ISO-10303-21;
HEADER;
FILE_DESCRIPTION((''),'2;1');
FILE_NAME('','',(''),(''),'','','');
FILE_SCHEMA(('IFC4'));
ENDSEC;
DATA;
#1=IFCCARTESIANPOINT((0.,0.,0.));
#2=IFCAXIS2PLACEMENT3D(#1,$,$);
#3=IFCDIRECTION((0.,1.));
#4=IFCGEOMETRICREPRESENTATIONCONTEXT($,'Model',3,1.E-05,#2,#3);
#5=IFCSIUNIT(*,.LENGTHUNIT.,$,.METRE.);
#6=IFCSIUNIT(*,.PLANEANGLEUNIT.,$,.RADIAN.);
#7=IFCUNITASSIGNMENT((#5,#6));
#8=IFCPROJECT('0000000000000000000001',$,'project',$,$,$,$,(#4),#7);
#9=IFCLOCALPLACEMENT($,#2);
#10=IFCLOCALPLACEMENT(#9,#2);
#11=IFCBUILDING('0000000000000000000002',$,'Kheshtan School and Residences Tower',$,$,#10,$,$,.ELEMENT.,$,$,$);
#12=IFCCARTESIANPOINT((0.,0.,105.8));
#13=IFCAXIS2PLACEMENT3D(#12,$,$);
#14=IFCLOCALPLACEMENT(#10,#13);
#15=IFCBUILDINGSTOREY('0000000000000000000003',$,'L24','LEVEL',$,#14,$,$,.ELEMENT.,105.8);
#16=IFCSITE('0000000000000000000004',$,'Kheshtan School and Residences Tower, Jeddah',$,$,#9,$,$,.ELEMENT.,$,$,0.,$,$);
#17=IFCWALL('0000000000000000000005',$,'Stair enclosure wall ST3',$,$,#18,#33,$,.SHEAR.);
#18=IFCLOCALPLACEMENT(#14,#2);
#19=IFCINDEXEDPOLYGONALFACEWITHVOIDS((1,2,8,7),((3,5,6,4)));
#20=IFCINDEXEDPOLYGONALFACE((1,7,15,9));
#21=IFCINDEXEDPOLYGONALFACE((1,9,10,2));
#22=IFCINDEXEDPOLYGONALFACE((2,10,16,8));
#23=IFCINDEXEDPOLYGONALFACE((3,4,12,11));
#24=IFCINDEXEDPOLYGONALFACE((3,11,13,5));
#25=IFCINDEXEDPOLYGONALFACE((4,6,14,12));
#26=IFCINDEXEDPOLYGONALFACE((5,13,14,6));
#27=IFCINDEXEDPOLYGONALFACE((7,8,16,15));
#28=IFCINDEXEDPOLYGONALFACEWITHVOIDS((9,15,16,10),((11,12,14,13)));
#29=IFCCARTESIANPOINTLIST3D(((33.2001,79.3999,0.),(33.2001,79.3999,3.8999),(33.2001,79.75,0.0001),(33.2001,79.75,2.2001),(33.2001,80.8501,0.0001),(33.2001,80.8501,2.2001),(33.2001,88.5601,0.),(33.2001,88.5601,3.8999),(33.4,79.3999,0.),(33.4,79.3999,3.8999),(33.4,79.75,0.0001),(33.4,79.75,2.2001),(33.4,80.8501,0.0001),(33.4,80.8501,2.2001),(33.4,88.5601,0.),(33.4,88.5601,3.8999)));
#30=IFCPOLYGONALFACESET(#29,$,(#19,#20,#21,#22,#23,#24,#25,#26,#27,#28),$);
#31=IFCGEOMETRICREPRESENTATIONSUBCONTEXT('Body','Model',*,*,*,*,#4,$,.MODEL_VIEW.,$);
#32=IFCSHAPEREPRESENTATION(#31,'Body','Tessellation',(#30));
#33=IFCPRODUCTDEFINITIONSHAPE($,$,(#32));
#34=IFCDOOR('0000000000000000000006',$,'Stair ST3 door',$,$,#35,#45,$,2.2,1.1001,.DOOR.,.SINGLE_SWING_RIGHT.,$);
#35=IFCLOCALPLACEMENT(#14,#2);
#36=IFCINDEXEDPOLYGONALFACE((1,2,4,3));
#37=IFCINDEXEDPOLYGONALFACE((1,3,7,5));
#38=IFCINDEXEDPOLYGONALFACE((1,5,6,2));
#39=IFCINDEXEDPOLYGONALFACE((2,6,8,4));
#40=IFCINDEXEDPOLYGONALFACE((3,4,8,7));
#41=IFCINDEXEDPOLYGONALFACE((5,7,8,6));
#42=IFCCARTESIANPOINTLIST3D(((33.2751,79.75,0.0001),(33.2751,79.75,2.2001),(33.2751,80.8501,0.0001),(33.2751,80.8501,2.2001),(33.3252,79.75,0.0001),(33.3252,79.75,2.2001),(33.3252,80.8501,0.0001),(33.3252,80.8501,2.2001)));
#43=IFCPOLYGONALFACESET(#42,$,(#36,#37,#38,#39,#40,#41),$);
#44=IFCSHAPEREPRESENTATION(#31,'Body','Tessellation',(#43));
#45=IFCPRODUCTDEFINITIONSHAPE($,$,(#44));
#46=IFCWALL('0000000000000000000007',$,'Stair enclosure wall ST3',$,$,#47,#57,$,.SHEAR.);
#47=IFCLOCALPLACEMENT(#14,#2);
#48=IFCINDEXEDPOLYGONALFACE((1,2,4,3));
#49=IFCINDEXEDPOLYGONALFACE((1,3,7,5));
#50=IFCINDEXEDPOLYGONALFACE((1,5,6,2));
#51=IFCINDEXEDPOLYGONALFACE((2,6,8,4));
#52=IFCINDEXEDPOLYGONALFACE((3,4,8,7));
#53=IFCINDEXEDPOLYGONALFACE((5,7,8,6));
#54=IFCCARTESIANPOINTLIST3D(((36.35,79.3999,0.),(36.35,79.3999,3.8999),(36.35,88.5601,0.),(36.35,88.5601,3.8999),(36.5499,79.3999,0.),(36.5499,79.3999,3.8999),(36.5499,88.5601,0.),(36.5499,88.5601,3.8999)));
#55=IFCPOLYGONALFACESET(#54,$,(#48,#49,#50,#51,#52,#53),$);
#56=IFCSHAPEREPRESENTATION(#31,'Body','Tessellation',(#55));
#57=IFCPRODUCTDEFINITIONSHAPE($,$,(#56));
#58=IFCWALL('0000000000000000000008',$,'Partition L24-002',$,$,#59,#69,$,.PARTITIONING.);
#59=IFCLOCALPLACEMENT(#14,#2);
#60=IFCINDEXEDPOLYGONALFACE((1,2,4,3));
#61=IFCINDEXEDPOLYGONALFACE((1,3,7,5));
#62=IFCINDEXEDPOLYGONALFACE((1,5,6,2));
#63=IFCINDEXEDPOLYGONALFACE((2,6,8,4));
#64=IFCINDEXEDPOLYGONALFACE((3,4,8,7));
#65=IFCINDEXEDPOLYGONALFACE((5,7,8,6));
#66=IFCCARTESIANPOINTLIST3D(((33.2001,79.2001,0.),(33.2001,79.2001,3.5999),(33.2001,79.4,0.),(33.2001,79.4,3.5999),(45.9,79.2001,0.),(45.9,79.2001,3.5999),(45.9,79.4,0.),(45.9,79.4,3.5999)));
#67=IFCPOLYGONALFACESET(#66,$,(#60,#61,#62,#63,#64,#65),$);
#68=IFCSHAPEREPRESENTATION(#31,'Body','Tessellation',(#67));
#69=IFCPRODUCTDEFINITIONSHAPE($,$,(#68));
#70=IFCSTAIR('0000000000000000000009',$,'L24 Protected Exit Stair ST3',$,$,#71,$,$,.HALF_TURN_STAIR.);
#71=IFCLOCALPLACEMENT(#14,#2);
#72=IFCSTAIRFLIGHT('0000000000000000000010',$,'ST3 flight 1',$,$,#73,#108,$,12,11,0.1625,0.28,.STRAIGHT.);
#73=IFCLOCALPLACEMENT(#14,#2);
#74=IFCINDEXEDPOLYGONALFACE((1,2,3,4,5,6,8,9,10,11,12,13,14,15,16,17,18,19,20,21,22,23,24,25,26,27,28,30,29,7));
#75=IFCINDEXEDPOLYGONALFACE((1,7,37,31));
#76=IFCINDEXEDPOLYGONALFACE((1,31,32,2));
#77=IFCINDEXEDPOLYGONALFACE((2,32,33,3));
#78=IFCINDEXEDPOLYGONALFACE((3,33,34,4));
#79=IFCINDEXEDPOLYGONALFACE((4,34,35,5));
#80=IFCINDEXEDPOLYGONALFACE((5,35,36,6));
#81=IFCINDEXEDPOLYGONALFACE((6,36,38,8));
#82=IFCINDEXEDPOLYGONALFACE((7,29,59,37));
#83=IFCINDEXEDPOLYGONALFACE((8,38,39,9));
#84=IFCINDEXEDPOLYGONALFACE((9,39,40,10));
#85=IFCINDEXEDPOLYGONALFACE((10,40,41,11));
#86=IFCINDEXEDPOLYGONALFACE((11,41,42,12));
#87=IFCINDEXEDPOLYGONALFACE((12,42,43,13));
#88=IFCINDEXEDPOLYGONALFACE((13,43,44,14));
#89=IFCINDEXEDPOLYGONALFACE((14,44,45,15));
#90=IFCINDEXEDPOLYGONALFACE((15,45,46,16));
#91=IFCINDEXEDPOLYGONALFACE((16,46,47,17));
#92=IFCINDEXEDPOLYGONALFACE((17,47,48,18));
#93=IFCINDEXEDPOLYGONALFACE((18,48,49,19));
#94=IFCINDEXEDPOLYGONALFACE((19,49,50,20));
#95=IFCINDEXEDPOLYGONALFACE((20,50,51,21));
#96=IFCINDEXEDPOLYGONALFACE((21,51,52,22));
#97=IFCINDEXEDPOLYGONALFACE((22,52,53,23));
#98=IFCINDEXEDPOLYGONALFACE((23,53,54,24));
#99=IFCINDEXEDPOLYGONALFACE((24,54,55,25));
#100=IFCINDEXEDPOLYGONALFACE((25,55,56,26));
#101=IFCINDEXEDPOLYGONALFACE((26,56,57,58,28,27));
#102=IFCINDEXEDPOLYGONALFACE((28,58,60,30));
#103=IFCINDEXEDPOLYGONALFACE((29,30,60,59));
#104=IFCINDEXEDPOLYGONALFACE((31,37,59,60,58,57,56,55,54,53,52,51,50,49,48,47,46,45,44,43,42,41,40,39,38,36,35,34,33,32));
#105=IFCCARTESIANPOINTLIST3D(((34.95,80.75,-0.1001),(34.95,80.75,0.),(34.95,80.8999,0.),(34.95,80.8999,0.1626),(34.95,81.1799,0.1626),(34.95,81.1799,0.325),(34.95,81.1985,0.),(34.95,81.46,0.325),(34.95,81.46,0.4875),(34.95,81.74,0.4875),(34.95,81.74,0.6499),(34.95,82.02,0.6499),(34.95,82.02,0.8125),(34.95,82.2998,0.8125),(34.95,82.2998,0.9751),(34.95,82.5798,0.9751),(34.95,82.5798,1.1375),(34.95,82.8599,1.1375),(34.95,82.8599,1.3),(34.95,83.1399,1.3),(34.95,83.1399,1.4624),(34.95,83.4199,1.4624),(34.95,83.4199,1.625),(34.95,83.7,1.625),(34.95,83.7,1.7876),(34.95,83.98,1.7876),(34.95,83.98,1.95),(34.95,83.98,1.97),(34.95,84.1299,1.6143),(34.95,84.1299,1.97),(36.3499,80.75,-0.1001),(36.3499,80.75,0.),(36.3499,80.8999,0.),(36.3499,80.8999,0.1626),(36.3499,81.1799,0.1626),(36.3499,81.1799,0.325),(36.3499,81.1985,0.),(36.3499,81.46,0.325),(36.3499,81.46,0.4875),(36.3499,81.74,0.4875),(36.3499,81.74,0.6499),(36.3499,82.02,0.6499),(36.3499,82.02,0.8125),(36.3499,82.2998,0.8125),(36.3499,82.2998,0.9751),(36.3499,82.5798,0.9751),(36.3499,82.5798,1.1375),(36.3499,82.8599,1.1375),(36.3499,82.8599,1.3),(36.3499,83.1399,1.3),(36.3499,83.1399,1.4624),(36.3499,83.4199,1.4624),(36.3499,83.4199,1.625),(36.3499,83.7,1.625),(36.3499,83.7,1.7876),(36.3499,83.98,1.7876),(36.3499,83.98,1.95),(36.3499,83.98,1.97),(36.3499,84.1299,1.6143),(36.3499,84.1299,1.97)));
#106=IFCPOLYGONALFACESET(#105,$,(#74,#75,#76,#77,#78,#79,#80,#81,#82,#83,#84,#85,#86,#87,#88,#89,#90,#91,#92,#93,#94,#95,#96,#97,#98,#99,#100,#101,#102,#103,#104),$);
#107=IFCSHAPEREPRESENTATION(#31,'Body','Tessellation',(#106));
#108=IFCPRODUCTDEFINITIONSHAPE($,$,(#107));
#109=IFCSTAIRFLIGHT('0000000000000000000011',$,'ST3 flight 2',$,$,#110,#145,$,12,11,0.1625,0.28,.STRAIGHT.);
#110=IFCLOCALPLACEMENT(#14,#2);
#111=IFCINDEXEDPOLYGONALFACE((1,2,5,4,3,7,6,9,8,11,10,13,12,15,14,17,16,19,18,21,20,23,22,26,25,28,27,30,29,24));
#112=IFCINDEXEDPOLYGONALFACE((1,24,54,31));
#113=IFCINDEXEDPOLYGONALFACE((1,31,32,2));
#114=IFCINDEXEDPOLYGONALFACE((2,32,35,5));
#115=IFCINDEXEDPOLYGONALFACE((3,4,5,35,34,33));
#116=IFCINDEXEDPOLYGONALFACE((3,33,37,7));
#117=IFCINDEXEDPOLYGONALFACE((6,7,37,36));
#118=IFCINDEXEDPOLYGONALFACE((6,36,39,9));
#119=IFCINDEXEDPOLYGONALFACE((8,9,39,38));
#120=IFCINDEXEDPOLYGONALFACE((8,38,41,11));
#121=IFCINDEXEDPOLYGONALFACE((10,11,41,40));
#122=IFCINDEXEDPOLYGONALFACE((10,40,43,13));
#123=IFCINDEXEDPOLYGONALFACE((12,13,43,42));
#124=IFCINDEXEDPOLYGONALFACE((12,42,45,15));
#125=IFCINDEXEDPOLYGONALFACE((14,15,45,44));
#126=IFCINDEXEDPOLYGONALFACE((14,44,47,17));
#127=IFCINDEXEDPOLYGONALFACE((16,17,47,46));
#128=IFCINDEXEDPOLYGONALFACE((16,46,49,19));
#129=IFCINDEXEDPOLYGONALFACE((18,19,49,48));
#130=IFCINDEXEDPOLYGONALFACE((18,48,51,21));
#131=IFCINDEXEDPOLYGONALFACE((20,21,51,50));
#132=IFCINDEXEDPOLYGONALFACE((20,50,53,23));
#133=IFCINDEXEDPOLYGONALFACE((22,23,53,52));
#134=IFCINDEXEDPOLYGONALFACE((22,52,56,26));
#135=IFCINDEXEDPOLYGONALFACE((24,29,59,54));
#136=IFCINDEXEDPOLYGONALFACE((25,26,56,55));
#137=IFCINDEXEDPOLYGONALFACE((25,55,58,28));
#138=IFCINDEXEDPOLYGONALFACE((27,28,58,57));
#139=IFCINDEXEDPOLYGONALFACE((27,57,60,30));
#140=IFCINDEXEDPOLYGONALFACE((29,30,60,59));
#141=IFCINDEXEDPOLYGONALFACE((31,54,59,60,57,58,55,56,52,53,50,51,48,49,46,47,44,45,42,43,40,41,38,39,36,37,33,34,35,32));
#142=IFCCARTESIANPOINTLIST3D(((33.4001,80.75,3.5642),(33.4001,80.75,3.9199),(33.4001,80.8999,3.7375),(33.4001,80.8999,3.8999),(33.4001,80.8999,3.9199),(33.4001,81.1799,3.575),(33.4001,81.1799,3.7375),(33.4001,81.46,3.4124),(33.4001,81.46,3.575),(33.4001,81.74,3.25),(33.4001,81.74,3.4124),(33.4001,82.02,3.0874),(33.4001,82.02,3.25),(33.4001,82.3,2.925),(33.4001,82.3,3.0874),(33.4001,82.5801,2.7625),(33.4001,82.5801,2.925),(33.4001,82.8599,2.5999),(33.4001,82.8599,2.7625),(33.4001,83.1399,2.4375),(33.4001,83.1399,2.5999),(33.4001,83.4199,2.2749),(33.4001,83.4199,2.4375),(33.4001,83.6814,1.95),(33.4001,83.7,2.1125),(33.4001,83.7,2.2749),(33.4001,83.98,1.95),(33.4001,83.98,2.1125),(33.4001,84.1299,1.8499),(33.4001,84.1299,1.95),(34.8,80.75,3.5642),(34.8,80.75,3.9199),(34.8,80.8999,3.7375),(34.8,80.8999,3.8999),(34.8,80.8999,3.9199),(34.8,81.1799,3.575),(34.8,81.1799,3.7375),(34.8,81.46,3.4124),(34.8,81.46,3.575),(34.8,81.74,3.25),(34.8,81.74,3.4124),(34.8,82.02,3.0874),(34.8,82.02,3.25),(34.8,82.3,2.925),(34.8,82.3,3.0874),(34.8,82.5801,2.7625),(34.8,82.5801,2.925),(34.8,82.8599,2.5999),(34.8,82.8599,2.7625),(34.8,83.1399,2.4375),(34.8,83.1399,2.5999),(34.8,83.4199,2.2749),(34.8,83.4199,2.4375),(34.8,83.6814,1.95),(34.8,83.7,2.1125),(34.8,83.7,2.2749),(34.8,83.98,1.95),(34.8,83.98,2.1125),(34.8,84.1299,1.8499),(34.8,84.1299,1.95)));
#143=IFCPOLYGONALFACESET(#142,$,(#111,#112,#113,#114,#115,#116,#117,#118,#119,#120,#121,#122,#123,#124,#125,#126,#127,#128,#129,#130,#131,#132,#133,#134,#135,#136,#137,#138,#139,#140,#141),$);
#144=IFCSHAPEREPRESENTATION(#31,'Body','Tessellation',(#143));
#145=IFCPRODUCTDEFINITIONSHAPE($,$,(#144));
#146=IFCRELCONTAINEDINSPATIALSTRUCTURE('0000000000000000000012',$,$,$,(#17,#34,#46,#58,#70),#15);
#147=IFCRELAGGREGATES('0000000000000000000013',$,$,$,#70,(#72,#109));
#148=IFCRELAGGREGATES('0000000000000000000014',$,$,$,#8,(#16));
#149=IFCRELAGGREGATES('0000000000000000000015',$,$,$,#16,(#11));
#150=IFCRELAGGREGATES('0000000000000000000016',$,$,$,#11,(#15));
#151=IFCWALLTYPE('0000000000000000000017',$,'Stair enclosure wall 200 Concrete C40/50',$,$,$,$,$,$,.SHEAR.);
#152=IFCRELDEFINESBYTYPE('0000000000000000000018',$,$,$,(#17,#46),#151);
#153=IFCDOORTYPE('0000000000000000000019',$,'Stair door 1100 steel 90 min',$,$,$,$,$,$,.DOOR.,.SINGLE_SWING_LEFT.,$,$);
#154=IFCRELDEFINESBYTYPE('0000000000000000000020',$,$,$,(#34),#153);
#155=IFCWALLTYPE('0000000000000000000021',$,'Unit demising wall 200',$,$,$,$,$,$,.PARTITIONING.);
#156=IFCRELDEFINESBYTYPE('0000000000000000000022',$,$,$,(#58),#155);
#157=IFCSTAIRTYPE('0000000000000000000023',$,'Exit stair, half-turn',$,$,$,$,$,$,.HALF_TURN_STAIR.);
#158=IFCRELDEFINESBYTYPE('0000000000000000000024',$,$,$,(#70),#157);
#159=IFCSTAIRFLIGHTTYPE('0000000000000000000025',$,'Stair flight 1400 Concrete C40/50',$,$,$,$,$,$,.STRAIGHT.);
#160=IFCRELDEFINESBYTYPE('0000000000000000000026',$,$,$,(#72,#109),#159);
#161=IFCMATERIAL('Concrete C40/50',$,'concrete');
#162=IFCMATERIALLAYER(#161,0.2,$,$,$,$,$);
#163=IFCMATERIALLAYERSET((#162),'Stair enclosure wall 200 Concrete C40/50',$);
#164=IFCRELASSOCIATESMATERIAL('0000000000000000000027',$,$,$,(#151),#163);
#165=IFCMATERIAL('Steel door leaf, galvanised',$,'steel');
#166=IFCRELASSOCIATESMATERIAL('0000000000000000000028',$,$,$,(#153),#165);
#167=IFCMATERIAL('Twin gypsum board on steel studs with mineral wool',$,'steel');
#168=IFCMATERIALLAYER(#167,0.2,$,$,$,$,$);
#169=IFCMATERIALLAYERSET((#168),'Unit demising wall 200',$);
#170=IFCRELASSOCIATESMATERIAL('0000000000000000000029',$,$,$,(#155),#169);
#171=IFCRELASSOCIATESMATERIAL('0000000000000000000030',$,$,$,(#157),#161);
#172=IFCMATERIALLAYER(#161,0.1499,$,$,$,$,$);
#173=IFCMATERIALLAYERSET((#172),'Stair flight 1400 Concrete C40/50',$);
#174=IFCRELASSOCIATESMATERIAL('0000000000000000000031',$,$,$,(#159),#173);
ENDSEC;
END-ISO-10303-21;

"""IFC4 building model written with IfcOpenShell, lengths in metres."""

from ifc_helpers import new_model, si_unit, direction, frame, frame_2d, origin, place, context, subcontext, project, spatial, polyline, rectangle, outline, extrude, source, transform, mapped, material, layer, layer_set, type_object, element, fill, aggregate, save


model = new_model("IFC4")

# Units and contexts
model_context = context("Model", 3, precision=1e-05, world=origin(), true_north=direction((0.0, 1.0)))
body_context = subcontext(model_context, "Body", "Model", "MODEL_VIEW")
ifc_project = project(units=[si_unit("LENGTHUNIT", "METRE"), si_unit("PLANEANGLEUNIT", "RADIAN")], contexts=[model_context])

# Site, building, storey
site_placement = place(None, origin())
site = spatial("IfcSite", under=ifc_project, at=site_placement, Name="Kheshtan School and Residences Tower, Jeddah", CompositionType="ELEMENT", RefElevation=0.0)
building_placement = place(site_placement, origin())
building = spatial("IfcBuilding", under=site, at=building_placement, Name="Kheshtan School and Residences Tower", CompositionType="ELEMENT")
storey_placement = place(building_placement, frame((0.0, 0.0, 105.8)))
storey = spatial("IfcBuildingStorey", under=building, at=storey_placement, Name="L24", Description="LEVEL", CompositionType="ELEMENT", Elevation=105.8)

# Shared definitions
ifc_material_1 = material(Name="Concrete C40/50", Category="concrete")
ifc_layer_1 = layer(ifc_material_1, 0.2)
ifc_layer_set_1 = layer_set([ifc_layer_1], Name="Stair enclosure wall 200 Concrete C40/50")
wall_type_1 = type_object("IfcWallType", Name="Stair enclosure wall 200 Concrete C40/50", PredefinedType="SHEAR", material=ifc_layer_set_1)

# Wall, opening, door
wall_1_placement = place(storey_placement, frame((33.3, 79.3999, 0.0), z_axis=(0.0, 0.0, 1.0), x_axis=(0.0, 1.0, 0.0)))
wall_1 = element("IfcWall", 1, at=wall_1_placement, inside=storey, type_object=wall_type_1, Name="Stair enclosure wall ST3", PredefinedType="SHEAR", context=body_context, shape_type="SweptSolid", body=[
    extrude(rectangle(XDim=9.1602, YDim=0.2, at=frame_2d((4.5801, 0.0))), origin(), (0.0, 0.0, 1.0), 3.8999),
])
opening_1_placement = place(wall_1_placement, frame((0.3501, 0.0, 0.0)))
opening_1 = element("IfcOpeningElement", 2, at=opening_1_placement, cuts=wall_1, PredefinedType="OPENING", context=body_context, shape_type="SweptSolid", body=[
    extrude(rectangle(XDim=1.1001, YDim=2.2, at=frame_2d((0.55, 1.1001))), frame((0.0, 0.1099, 0.0), z_axis=(0.0, -1.0, 0.0), x_axis=(1.0, 0.0, 0.0)), (0.0, 0.0, 1.0), 0.22),
])
ifc_material_2 = material(Name="Steel door leaf, galvanised", Category="steel")
door_type_1 = type_object("IfcDoorType", Name="Stair door 1100 steel 90 min", OperationType="SINGLE_SWING_LEFT", PredefinedType="DOOR", material=ifc_material_2)
shared_shape_1 = source(origin(), body_context, "Body", "SweptSolid", [
    extrude(rectangle(XDim=1.1001, YDim=2.2, at=frame_2d((0.55, 1.1001))), frame((0.0, 0.0249, 0.0), z_axis=(0.0, -1.0, 0.0), x_axis=(1.0, 0.0, 0.0)), (0.0, 0.0, 1.0), 0.05),
])
door_1_placement = place(opening_1_placement, origin())
door_1 = element("IfcDoor", 3, at=door_1_placement, inside=storey, type_object=door_type_1, Name="Stair ST3 door", OperationType="SINGLE_SWING_RIGHT", OverallHeight=2.2, OverallWidth=1.1001, PredefinedType="DOOR", context=body_context, shape_type="MappedRepresentation", body=[
    mapped(shared_shape_1, transform((0.0, 0.0, 0.0), x_axis=(1.0, 0.0, 0.0), y_axis=(0.0, 1.0, 0.0), z_axis=(0.0, 0.0, 1.0), scale=1.0)),
])
fill(opening_1, door_1)

# Walls
wall_2_placement = place(storey_placement, frame((36.45, 79.3999, 0.0), z_axis=(0.0, 0.0, 1.0), x_axis=(0.0, 1.0, 0.0)))
element("IfcWall", 4, at=wall_2_placement, inside=storey, type_object=wall_type_1, Name="Stair enclosure wall ST3", PredefinedType="SHEAR", context=body_context, shape_type="SweptSolid", body=[
    extrude(rectangle(XDim=9.1602, YDim=0.2, at=frame_2d((4.5801, 0.0))), origin(), (0.0, 0.0, 1.0), 3.8999),
])
ifc_material_3 = material(Name="Twin gypsum board on steel studs with mineral wool", Category="steel")
ifc_layer_2 = layer(ifc_material_3, 0.2)
ifc_layer_set_2 = layer_set([ifc_layer_2], Name="Unit demising wall 200")
wall_type_2 = type_object("IfcWallType", Name="Unit demising wall 200", PredefinedType="PARTITIONING", material=ifc_layer_set_2)
wall_3_placement = place(storey_placement, frame((33.2, 79.3, 0.0), z_axis=(0.0, 0.0, 1.0), x_axis=(1.0, 0.0, 0.0)))
element("IfcWall", 5, at=wall_3_placement, inside=storey, type_object=wall_type_2, Name="Partition L24-002", PredefinedType="PARTITIONING", context=body_context, shape_type="SweptSolid", body=[
    extrude(rectangle(XDim=12.7, YDim=0.2, at=frame_2d((6.3501, 0.0))), origin(), (0.0, 0.0, 1.0), 3.5999),
])

# Stair, stair flights
stair_type = type_object("IfcStairType", Name="Exit stair, half-turn", PredefinedType="HALF_TURN_STAIR", material=ifc_material_1)
stair_placement = place(storey_placement, origin())
stair = element("IfcStair", 6, at=stair_placement, inside=storey, type_object=stair_type, Name="L24 Protected Exit Stair ST3", PredefinedType="HALF_TURN_STAIR")
ifc_layer_3 = layer(ifc_material_1, 0.1499)
ifc_layer_set_3 = layer_set([ifc_layer_3], Name="Stair flight 1400 Concrete C40/50")
stair_flight_type = type_object("IfcStairFlightType", Name="Stair flight 1400 Concrete C40/50", PredefinedType="STRAIGHT", material=ifc_layer_set_3)
stair_flight_1_placement = place(storey_placement, frame((35.6499, 80.8999, 0.0), z_axis=(0.0, 0.0, 1.0), x_axis=(0.0, 1.0, 0.0)))
stair_flight_1 = element("IfcStairFlight", 7, at=stair_flight_1_placement, type_object=stair_flight_type, Name="ST3 flight 1", NumberOfRisers=12, NumberOfTreads=11, PredefinedType="STRAIGHT", RiserHeight=0.1625, TreadLength=0.28, context=body_context, shape_type="SweptSolid", body=[
    extrude(outline(polyline([(-0.1499, -0.1001), (-0.1499, 0.0), (0.0, 0.0), (0.0, 0.1626), (0.28, 0.1626), (0.28, 0.325), (0.5601, 0.325), (0.5601, 0.4875), (0.8401, 0.4875), (0.8401, 0.6499), (1.1201, 0.6499), (1.1201, 0.8125), (1.3999, 0.8125), (1.3999, 0.9751), (1.6799, 0.9751), (1.6799, 1.1375), (1.96, 1.1375), (1.96, 1.3), (2.24, 1.3), (2.24, 1.4624), (2.52, 1.4624), (2.52, 1.625), (2.8, 1.625), (2.8, 1.7876), (3.0801, 1.7876), (3.0801, 1.95), (3.0801, 1.97), (3.23, 1.97), (3.23, 1.6143), (0.2986, 0.0), (-0.1499, -0.1001)])), frame((0.0, 0.7, 0.0), z_axis=(0.0, -1.0, 0.0), x_axis=(1.0, 0.0, 0.0)), (0.0, 0.0, 1.0), 1.3999),
])
stair_flight_2_placement = place(storey_placement, frame((34.1001, 83.98, 1.95), z_axis=(0.0, 0.0, 1.0), x_axis=(0.0, -1.0, 0.0)))
stair_flight_2 = element("IfcStairFlight", 8, at=stair_flight_2_placement, type_object=stair_flight_type, Name="ST3 flight 2", NumberOfRisers=12, NumberOfTreads=11, PredefinedType="STRAIGHT", RiserHeight=0.1625, TreadLength=0.28, context=body_context, shape_type="SweptSolid", body=[
    extrude(outline(polyline([(-0.1499, -0.1001), (-0.1499, 0.0), (0.0, 0.0), (0.0, 0.1626), (0.28, 0.1626), (0.28, 0.325), (0.5601, 0.325), (0.5601, 0.4875), (0.8401, 0.4875), (0.8401, 0.6499), (1.1201, 0.6499), (1.1201, 0.8125), (1.3999, 0.8125), (1.3999, 0.9751), (1.6799, 0.9751), (1.6799, 1.1375), (1.96, 1.1375), (1.96, 1.3), (2.24, 1.3), (2.24, 1.4624), (2.52, 1.4624), (2.52, 1.625), (2.8, 1.625), (2.8, 1.7876), (3.0801, 1.7876), (3.0801, 1.95), (3.0801, 1.97), (3.23, 1.97), (3.23, 1.6143), (0.2986, 0.0), (-0.1499, -0.1001)])), frame((0.0, 0.7, 0.0), z_axis=(0.0, -1.0, 0.0), x_axis=(1.0, 0.0, 0.0)), (0.0, 0.0, 1.0), 1.3999),
])
aggregate(stair, [stair_flight_1, stair_flight_2])

save(model, "model.ifc")
